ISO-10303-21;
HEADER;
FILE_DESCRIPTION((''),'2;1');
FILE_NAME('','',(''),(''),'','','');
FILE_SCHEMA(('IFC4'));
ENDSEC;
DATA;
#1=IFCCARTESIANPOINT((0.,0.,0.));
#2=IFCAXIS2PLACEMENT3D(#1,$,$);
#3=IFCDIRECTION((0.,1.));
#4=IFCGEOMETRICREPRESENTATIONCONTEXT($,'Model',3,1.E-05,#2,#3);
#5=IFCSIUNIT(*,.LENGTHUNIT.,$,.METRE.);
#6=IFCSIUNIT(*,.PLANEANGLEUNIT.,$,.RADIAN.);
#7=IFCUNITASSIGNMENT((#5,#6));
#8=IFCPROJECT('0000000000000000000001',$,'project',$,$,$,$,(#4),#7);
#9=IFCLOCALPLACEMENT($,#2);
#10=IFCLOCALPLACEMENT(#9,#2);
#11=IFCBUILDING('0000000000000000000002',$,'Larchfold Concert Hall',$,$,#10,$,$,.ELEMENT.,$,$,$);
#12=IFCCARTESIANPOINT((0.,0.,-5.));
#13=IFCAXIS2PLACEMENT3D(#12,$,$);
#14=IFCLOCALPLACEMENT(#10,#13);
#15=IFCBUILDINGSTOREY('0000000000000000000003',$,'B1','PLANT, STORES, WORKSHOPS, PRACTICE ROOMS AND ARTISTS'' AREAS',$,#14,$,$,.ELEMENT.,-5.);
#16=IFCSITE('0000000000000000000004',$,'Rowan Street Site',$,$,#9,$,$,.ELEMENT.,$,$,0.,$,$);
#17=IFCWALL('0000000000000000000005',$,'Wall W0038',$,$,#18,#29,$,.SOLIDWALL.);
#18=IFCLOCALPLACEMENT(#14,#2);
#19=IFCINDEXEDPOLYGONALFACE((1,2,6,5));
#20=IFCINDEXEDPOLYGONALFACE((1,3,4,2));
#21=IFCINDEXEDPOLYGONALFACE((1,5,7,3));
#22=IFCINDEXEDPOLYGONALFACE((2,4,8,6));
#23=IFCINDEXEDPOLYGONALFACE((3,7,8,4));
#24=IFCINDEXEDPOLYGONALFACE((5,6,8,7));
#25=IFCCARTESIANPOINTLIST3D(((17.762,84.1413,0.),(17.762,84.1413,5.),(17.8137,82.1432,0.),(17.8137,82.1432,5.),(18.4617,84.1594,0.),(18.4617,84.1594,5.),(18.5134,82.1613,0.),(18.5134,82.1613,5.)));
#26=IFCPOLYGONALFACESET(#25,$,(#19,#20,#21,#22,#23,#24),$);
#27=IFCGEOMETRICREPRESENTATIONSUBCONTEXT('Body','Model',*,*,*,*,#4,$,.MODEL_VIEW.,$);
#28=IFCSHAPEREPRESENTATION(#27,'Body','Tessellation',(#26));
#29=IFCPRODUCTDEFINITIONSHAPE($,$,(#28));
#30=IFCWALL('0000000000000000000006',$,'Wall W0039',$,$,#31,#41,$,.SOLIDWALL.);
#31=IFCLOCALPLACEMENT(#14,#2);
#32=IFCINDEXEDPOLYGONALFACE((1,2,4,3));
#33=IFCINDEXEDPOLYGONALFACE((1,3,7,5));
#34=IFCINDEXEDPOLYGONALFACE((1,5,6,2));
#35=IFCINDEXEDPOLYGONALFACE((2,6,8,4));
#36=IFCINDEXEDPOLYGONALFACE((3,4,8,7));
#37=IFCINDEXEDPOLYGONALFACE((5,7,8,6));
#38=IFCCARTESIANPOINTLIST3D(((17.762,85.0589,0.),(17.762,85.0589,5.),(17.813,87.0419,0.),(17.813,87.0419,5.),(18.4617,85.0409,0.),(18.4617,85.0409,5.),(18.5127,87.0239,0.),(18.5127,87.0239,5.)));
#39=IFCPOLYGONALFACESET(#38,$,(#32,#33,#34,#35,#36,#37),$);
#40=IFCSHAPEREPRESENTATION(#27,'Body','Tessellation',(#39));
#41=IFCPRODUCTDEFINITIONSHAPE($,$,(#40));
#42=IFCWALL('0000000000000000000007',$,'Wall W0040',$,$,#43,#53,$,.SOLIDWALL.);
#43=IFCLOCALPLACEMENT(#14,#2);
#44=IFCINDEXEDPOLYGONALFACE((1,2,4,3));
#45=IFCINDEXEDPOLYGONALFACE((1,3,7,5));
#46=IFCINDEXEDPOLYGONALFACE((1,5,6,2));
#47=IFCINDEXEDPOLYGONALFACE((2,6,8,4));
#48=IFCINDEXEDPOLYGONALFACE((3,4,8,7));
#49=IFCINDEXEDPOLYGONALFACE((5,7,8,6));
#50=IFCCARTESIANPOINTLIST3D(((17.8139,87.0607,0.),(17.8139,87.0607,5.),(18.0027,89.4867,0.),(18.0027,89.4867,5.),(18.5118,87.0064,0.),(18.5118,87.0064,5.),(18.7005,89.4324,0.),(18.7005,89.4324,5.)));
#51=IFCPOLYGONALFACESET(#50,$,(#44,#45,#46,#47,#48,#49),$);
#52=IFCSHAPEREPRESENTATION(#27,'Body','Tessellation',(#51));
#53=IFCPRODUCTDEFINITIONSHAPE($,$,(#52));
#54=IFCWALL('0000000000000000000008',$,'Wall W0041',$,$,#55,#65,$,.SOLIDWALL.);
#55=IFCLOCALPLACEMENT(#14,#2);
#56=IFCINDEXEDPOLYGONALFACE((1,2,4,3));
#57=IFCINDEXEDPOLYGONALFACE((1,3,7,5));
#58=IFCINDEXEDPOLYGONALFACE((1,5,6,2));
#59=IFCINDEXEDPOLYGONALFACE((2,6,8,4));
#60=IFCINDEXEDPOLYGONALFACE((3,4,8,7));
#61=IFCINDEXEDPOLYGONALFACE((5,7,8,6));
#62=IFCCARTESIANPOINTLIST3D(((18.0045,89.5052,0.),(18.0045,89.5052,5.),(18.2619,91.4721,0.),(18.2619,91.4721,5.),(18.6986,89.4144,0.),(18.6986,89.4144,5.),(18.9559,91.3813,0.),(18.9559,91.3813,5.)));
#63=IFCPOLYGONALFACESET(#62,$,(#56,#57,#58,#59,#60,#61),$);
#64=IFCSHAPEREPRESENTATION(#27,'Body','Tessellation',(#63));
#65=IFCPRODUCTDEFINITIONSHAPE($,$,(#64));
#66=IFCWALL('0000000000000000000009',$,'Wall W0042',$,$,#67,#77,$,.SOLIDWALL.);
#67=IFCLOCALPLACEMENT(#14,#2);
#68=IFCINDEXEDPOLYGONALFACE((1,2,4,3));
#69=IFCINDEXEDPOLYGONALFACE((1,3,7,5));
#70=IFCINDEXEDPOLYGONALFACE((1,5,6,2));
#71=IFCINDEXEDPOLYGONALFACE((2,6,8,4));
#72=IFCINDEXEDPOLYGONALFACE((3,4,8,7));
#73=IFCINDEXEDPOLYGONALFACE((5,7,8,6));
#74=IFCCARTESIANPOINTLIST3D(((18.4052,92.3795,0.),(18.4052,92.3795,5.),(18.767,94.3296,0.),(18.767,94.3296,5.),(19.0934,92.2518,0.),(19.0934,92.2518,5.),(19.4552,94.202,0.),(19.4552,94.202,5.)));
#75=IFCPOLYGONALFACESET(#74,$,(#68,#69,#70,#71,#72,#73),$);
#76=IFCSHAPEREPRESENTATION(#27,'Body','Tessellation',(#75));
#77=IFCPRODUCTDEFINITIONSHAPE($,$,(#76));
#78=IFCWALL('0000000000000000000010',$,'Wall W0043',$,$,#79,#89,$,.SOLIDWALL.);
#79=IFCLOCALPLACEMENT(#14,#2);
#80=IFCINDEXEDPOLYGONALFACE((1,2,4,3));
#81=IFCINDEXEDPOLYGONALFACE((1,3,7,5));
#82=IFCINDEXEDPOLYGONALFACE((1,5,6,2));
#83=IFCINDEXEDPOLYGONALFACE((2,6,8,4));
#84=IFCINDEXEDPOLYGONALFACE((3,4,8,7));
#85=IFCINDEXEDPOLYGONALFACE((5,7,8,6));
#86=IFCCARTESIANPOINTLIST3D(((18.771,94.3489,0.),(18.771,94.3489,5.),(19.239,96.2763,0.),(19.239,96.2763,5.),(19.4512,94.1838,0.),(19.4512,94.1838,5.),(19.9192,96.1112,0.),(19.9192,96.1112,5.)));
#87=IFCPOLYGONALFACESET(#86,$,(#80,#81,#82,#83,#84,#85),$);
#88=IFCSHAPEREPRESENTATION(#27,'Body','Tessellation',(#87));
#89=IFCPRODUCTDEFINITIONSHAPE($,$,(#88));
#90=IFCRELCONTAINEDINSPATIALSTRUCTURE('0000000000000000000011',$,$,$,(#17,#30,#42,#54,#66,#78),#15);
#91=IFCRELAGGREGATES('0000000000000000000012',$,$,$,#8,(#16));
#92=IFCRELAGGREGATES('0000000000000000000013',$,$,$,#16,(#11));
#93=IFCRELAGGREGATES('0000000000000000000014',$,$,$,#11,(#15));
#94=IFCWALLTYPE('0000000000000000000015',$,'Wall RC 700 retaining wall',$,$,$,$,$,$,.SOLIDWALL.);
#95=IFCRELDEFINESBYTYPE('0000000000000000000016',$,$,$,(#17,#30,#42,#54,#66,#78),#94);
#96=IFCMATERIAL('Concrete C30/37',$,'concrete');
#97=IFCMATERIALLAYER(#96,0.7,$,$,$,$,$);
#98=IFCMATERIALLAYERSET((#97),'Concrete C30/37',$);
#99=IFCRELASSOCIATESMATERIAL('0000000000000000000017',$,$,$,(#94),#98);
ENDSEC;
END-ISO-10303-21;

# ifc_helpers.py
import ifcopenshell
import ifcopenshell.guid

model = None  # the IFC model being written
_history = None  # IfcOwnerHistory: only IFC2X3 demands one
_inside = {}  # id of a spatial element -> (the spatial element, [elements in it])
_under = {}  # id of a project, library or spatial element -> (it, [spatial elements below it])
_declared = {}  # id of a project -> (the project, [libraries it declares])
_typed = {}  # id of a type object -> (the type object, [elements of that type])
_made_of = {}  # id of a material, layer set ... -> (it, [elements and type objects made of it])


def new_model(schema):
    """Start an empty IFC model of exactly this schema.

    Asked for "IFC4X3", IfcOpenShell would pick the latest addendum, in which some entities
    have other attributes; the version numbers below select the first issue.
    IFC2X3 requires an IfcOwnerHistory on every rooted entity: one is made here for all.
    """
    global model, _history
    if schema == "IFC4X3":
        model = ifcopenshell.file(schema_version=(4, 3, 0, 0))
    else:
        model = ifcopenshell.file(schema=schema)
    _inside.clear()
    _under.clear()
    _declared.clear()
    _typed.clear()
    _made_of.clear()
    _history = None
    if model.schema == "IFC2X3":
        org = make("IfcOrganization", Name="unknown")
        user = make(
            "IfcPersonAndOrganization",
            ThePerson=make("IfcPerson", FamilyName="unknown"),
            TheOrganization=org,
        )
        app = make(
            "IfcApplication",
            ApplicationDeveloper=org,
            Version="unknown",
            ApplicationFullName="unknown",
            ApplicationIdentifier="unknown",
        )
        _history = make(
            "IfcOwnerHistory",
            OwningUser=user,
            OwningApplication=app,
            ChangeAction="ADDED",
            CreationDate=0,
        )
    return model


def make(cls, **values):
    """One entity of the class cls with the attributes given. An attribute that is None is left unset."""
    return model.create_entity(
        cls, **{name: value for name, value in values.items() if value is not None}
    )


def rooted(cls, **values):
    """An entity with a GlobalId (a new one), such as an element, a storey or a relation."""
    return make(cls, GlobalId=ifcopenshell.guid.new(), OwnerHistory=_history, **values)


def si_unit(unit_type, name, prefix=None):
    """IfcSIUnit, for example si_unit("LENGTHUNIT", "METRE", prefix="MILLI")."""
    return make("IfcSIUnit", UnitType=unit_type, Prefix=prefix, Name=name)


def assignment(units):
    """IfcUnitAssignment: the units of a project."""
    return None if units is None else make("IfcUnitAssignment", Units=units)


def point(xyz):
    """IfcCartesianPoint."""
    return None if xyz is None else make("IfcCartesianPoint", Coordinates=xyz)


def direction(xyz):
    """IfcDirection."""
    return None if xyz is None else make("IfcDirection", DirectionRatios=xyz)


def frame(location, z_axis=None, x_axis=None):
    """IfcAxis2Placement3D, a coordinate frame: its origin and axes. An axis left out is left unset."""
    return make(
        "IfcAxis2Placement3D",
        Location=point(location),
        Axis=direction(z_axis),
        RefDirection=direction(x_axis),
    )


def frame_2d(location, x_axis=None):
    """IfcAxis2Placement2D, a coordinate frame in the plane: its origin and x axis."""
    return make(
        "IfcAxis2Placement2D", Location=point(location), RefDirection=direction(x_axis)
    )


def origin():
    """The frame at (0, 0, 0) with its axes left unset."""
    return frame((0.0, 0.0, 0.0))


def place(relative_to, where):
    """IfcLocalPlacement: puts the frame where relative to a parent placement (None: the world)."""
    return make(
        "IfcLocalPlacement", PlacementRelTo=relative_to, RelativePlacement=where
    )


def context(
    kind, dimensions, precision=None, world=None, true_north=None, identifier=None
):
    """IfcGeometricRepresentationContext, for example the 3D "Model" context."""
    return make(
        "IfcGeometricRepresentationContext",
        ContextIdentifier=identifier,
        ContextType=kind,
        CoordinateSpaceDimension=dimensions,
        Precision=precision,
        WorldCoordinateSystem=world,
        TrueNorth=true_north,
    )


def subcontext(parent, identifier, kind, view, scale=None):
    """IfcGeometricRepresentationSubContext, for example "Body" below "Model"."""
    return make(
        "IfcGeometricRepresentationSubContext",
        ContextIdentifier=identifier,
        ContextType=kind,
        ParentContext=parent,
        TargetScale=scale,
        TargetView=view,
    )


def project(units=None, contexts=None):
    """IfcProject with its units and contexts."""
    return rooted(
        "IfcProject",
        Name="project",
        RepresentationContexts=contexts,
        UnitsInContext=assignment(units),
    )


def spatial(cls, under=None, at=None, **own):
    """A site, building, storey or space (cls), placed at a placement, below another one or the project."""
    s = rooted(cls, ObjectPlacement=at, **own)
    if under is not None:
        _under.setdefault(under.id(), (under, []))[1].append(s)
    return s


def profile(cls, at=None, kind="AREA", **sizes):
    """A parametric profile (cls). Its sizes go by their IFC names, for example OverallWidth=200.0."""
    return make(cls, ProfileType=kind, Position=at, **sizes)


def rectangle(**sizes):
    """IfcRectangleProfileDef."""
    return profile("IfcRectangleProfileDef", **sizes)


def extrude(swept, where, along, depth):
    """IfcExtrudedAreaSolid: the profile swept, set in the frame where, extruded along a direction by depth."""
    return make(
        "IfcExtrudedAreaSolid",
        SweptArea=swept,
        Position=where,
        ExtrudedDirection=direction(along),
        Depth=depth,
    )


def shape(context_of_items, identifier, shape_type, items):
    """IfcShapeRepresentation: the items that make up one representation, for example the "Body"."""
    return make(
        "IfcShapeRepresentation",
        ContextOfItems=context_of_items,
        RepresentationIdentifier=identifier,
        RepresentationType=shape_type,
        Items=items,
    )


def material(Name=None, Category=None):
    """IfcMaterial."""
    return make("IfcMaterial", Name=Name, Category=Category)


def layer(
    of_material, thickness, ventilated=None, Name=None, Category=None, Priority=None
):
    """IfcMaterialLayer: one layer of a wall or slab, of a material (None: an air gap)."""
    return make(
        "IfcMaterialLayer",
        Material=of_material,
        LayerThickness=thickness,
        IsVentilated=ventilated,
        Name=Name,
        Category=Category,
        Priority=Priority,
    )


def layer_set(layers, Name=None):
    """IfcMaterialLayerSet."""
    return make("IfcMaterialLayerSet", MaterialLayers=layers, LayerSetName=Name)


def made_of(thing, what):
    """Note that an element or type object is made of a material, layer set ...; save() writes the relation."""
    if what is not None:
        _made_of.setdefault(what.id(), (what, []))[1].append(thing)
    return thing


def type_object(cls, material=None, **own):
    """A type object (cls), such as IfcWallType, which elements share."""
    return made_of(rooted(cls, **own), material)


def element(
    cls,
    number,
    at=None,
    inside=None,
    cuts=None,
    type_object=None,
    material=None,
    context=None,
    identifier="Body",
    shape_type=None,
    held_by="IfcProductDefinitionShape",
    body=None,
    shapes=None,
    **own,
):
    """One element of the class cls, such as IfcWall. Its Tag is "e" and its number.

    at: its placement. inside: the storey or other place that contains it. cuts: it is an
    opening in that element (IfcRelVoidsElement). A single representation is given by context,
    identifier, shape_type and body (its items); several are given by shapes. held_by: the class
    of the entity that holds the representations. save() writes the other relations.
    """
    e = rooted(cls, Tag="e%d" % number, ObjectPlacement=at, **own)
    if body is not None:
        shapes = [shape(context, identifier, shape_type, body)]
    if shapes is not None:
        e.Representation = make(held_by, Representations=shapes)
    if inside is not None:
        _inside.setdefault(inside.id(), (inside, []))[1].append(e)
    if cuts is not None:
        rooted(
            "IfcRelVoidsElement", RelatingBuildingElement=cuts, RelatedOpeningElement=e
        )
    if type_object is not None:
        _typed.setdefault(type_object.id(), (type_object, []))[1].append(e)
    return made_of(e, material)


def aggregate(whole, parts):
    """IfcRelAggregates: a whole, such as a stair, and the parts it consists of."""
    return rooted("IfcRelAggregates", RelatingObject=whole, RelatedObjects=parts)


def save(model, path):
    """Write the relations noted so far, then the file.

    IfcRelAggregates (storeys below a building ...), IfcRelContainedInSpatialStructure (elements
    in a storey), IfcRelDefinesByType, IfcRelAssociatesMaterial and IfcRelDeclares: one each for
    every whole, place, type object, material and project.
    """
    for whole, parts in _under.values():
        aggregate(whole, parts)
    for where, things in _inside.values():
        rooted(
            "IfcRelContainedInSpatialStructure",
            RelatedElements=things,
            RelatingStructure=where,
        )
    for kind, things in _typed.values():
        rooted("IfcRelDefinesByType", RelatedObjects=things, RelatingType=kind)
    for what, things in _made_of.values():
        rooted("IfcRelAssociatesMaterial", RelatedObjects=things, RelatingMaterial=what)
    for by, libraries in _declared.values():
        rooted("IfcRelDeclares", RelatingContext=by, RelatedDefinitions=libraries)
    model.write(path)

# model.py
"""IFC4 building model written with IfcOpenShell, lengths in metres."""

from ifc_helpers import new_model, si_unit, direction, frame, frame_2d, origin, place, context, subcontext, project, spatial, rectangle, extrude, material, layer, layer_set, type_object, element, save


model = new_model("IFC4")

# Units and contexts
model_context = context("Model", 3, precision=1e-05, world=origin(), true_north=direction((0.0, 1.0)))
body_context = subcontext(model_context, "Body", "Model", "MODEL_VIEW")
ifc_project = project(units=[si_unit("LENGTHUNIT", "METRE"), si_unit("PLANEANGLEUNIT", "RADIAN")], contexts=[model_context])

# Site, building, storey
site_placement = place(None, origin())
site = spatial("IfcSite", under=ifc_project, at=site_placement, Name="Rowan Street Site", CompositionType="ELEMENT", RefElevation=0.0)
building_placement = place(site_placement, origin())
building = spatial("IfcBuilding", under=site, at=building_placement, Name="Larchfold Concert Hall", CompositionType="ELEMENT")
storey_placement = place(building_placement, frame((0.0, 0.0, -5.0)))
storey = spatial("IfcBuildingStorey", under=building, at=storey_placement, Name="B1", Description="PLANT, STORES, WORKSHOPS, PRACTICE ROOMS AND ARTISTS' AREAS", CompositionType="ELEMENT", Elevation=-5.0)

# Walls
ifc_material_1 = material(Name="Concrete C30/37", Category="concrete")
ifc_layer_1 = layer(ifc_material_1, 0.7)
ifc_layer_set_1 = layer_set([ifc_layer_1], Name="Concrete C30/37")
wall_type_1 = type_object("IfcWallType", Name="Wall RC 700 retaining wall", PredefinedType="SOLIDWALL", material=ifc_layer_set_1)
wall_1_placement = place(storey_placement, frame((18.1636, 82.1521, 0.0), z_axis=(0.0, 0.0, 1.0), x_axis=(-0.025896, 0.999665, 0.0)))
element("IfcWall", 1, at=wall_1_placement, inside=storey, type_object=wall_type_1, Name="Wall W0038", PredefinedType="SOLIDWALL", context=body_context, shape_type="SweptSolid", body=[
    extrude(rectangle(XDim=1.9988, YDim=0.7, at=frame_2d((0.9995, 0.0))), origin(), (0.0, 0.0, 1.0), 5.0),
])
wall_2_placement = place(storey_placement, frame((18.1118, 85.05, 0.0), z_axis=(0.0, 0.0, 1.0), x_axis=(0.025724, 0.999669, 0.0)))
element("IfcWall", 2, at=wall_2_placement, inside=storey, type_object=wall_type_1, Name="Wall W0039", PredefinedType="SOLIDWALL", context=body_context, shape_type="SweptSolid", body=[
    extrude(rectangle(XDim=1.9836, YDim=0.7, at=frame_2d((0.9917, 0.0))), origin(), (0.0, 0.0, 1.0), 5.0),
])
wall_3_placement = place(storey_placement, frame((18.1628, 87.0334, 0.0), z_axis=(0.0, 0.0, 1.0), x_axis=(0.077556, 0.996988, 0.0)))
element("IfcWall", 3, at=wall_3_placement, inside=storey, type_object=wall_type_1, Name="Wall W0040", PredefinedType="SOLIDWALL", context=body_context, shape_type="SweptSolid", body=[
    extrude(rectangle(XDim=2.4333, YDim=0.7, at=frame_2d((1.2168, 0.0))), origin(), (0.0, 0.0, 1.0), 5.0),
])
wall_4_placement = place(storey_placement, frame((18.3516, 89.46, 0.0), z_axis=(0.0, 0.0, 1.0), x_axis=(0.129729, 0.99155, 0.0)))
element("IfcWall", 4, at=wall_4_placement, inside=storey, type_object=wall_type_1, Name="Wall W0041", PredefinedType="SOLIDWALL", context=body_context, shape_type="SweptSolid", body=[
    extrude(rectangle(XDim=1.9836, YDim=0.7, at=frame_2d((0.9917, 0.0))), origin(), (0.0, 0.0, 1.0), 5.0),
])
for number, where, z_axis, x_axis, name in (
    (5, (18.7493, 92.3157, 0.0), (0.0, 0.0, 1.0), (0.182415, 0.983222, 0.0), "Wall W0042"),
    (6, (19.1111, 94.2664, 0.0), (0.0, 0.0, 1.0), (0.235956, 0.971764, 0.0), "Wall W0043"),
):
    element("IfcWall", number, at=place(storey_placement, frame(where, z_axis=z_axis, x_axis=x_axis)), inside=storey, type_object=wall_type_1, Name=name, PredefinedType="SOLIDWALL", context=body_context, shape_type="SweptSolid", body=[
        extrude(rectangle(XDim=1.9834, YDim=0.7, at=frame_2d((0.9917, 0.0))), origin(), (0.0, 0.0, 1.0), 5.0),
    ])

save(model, "model.ifc")
